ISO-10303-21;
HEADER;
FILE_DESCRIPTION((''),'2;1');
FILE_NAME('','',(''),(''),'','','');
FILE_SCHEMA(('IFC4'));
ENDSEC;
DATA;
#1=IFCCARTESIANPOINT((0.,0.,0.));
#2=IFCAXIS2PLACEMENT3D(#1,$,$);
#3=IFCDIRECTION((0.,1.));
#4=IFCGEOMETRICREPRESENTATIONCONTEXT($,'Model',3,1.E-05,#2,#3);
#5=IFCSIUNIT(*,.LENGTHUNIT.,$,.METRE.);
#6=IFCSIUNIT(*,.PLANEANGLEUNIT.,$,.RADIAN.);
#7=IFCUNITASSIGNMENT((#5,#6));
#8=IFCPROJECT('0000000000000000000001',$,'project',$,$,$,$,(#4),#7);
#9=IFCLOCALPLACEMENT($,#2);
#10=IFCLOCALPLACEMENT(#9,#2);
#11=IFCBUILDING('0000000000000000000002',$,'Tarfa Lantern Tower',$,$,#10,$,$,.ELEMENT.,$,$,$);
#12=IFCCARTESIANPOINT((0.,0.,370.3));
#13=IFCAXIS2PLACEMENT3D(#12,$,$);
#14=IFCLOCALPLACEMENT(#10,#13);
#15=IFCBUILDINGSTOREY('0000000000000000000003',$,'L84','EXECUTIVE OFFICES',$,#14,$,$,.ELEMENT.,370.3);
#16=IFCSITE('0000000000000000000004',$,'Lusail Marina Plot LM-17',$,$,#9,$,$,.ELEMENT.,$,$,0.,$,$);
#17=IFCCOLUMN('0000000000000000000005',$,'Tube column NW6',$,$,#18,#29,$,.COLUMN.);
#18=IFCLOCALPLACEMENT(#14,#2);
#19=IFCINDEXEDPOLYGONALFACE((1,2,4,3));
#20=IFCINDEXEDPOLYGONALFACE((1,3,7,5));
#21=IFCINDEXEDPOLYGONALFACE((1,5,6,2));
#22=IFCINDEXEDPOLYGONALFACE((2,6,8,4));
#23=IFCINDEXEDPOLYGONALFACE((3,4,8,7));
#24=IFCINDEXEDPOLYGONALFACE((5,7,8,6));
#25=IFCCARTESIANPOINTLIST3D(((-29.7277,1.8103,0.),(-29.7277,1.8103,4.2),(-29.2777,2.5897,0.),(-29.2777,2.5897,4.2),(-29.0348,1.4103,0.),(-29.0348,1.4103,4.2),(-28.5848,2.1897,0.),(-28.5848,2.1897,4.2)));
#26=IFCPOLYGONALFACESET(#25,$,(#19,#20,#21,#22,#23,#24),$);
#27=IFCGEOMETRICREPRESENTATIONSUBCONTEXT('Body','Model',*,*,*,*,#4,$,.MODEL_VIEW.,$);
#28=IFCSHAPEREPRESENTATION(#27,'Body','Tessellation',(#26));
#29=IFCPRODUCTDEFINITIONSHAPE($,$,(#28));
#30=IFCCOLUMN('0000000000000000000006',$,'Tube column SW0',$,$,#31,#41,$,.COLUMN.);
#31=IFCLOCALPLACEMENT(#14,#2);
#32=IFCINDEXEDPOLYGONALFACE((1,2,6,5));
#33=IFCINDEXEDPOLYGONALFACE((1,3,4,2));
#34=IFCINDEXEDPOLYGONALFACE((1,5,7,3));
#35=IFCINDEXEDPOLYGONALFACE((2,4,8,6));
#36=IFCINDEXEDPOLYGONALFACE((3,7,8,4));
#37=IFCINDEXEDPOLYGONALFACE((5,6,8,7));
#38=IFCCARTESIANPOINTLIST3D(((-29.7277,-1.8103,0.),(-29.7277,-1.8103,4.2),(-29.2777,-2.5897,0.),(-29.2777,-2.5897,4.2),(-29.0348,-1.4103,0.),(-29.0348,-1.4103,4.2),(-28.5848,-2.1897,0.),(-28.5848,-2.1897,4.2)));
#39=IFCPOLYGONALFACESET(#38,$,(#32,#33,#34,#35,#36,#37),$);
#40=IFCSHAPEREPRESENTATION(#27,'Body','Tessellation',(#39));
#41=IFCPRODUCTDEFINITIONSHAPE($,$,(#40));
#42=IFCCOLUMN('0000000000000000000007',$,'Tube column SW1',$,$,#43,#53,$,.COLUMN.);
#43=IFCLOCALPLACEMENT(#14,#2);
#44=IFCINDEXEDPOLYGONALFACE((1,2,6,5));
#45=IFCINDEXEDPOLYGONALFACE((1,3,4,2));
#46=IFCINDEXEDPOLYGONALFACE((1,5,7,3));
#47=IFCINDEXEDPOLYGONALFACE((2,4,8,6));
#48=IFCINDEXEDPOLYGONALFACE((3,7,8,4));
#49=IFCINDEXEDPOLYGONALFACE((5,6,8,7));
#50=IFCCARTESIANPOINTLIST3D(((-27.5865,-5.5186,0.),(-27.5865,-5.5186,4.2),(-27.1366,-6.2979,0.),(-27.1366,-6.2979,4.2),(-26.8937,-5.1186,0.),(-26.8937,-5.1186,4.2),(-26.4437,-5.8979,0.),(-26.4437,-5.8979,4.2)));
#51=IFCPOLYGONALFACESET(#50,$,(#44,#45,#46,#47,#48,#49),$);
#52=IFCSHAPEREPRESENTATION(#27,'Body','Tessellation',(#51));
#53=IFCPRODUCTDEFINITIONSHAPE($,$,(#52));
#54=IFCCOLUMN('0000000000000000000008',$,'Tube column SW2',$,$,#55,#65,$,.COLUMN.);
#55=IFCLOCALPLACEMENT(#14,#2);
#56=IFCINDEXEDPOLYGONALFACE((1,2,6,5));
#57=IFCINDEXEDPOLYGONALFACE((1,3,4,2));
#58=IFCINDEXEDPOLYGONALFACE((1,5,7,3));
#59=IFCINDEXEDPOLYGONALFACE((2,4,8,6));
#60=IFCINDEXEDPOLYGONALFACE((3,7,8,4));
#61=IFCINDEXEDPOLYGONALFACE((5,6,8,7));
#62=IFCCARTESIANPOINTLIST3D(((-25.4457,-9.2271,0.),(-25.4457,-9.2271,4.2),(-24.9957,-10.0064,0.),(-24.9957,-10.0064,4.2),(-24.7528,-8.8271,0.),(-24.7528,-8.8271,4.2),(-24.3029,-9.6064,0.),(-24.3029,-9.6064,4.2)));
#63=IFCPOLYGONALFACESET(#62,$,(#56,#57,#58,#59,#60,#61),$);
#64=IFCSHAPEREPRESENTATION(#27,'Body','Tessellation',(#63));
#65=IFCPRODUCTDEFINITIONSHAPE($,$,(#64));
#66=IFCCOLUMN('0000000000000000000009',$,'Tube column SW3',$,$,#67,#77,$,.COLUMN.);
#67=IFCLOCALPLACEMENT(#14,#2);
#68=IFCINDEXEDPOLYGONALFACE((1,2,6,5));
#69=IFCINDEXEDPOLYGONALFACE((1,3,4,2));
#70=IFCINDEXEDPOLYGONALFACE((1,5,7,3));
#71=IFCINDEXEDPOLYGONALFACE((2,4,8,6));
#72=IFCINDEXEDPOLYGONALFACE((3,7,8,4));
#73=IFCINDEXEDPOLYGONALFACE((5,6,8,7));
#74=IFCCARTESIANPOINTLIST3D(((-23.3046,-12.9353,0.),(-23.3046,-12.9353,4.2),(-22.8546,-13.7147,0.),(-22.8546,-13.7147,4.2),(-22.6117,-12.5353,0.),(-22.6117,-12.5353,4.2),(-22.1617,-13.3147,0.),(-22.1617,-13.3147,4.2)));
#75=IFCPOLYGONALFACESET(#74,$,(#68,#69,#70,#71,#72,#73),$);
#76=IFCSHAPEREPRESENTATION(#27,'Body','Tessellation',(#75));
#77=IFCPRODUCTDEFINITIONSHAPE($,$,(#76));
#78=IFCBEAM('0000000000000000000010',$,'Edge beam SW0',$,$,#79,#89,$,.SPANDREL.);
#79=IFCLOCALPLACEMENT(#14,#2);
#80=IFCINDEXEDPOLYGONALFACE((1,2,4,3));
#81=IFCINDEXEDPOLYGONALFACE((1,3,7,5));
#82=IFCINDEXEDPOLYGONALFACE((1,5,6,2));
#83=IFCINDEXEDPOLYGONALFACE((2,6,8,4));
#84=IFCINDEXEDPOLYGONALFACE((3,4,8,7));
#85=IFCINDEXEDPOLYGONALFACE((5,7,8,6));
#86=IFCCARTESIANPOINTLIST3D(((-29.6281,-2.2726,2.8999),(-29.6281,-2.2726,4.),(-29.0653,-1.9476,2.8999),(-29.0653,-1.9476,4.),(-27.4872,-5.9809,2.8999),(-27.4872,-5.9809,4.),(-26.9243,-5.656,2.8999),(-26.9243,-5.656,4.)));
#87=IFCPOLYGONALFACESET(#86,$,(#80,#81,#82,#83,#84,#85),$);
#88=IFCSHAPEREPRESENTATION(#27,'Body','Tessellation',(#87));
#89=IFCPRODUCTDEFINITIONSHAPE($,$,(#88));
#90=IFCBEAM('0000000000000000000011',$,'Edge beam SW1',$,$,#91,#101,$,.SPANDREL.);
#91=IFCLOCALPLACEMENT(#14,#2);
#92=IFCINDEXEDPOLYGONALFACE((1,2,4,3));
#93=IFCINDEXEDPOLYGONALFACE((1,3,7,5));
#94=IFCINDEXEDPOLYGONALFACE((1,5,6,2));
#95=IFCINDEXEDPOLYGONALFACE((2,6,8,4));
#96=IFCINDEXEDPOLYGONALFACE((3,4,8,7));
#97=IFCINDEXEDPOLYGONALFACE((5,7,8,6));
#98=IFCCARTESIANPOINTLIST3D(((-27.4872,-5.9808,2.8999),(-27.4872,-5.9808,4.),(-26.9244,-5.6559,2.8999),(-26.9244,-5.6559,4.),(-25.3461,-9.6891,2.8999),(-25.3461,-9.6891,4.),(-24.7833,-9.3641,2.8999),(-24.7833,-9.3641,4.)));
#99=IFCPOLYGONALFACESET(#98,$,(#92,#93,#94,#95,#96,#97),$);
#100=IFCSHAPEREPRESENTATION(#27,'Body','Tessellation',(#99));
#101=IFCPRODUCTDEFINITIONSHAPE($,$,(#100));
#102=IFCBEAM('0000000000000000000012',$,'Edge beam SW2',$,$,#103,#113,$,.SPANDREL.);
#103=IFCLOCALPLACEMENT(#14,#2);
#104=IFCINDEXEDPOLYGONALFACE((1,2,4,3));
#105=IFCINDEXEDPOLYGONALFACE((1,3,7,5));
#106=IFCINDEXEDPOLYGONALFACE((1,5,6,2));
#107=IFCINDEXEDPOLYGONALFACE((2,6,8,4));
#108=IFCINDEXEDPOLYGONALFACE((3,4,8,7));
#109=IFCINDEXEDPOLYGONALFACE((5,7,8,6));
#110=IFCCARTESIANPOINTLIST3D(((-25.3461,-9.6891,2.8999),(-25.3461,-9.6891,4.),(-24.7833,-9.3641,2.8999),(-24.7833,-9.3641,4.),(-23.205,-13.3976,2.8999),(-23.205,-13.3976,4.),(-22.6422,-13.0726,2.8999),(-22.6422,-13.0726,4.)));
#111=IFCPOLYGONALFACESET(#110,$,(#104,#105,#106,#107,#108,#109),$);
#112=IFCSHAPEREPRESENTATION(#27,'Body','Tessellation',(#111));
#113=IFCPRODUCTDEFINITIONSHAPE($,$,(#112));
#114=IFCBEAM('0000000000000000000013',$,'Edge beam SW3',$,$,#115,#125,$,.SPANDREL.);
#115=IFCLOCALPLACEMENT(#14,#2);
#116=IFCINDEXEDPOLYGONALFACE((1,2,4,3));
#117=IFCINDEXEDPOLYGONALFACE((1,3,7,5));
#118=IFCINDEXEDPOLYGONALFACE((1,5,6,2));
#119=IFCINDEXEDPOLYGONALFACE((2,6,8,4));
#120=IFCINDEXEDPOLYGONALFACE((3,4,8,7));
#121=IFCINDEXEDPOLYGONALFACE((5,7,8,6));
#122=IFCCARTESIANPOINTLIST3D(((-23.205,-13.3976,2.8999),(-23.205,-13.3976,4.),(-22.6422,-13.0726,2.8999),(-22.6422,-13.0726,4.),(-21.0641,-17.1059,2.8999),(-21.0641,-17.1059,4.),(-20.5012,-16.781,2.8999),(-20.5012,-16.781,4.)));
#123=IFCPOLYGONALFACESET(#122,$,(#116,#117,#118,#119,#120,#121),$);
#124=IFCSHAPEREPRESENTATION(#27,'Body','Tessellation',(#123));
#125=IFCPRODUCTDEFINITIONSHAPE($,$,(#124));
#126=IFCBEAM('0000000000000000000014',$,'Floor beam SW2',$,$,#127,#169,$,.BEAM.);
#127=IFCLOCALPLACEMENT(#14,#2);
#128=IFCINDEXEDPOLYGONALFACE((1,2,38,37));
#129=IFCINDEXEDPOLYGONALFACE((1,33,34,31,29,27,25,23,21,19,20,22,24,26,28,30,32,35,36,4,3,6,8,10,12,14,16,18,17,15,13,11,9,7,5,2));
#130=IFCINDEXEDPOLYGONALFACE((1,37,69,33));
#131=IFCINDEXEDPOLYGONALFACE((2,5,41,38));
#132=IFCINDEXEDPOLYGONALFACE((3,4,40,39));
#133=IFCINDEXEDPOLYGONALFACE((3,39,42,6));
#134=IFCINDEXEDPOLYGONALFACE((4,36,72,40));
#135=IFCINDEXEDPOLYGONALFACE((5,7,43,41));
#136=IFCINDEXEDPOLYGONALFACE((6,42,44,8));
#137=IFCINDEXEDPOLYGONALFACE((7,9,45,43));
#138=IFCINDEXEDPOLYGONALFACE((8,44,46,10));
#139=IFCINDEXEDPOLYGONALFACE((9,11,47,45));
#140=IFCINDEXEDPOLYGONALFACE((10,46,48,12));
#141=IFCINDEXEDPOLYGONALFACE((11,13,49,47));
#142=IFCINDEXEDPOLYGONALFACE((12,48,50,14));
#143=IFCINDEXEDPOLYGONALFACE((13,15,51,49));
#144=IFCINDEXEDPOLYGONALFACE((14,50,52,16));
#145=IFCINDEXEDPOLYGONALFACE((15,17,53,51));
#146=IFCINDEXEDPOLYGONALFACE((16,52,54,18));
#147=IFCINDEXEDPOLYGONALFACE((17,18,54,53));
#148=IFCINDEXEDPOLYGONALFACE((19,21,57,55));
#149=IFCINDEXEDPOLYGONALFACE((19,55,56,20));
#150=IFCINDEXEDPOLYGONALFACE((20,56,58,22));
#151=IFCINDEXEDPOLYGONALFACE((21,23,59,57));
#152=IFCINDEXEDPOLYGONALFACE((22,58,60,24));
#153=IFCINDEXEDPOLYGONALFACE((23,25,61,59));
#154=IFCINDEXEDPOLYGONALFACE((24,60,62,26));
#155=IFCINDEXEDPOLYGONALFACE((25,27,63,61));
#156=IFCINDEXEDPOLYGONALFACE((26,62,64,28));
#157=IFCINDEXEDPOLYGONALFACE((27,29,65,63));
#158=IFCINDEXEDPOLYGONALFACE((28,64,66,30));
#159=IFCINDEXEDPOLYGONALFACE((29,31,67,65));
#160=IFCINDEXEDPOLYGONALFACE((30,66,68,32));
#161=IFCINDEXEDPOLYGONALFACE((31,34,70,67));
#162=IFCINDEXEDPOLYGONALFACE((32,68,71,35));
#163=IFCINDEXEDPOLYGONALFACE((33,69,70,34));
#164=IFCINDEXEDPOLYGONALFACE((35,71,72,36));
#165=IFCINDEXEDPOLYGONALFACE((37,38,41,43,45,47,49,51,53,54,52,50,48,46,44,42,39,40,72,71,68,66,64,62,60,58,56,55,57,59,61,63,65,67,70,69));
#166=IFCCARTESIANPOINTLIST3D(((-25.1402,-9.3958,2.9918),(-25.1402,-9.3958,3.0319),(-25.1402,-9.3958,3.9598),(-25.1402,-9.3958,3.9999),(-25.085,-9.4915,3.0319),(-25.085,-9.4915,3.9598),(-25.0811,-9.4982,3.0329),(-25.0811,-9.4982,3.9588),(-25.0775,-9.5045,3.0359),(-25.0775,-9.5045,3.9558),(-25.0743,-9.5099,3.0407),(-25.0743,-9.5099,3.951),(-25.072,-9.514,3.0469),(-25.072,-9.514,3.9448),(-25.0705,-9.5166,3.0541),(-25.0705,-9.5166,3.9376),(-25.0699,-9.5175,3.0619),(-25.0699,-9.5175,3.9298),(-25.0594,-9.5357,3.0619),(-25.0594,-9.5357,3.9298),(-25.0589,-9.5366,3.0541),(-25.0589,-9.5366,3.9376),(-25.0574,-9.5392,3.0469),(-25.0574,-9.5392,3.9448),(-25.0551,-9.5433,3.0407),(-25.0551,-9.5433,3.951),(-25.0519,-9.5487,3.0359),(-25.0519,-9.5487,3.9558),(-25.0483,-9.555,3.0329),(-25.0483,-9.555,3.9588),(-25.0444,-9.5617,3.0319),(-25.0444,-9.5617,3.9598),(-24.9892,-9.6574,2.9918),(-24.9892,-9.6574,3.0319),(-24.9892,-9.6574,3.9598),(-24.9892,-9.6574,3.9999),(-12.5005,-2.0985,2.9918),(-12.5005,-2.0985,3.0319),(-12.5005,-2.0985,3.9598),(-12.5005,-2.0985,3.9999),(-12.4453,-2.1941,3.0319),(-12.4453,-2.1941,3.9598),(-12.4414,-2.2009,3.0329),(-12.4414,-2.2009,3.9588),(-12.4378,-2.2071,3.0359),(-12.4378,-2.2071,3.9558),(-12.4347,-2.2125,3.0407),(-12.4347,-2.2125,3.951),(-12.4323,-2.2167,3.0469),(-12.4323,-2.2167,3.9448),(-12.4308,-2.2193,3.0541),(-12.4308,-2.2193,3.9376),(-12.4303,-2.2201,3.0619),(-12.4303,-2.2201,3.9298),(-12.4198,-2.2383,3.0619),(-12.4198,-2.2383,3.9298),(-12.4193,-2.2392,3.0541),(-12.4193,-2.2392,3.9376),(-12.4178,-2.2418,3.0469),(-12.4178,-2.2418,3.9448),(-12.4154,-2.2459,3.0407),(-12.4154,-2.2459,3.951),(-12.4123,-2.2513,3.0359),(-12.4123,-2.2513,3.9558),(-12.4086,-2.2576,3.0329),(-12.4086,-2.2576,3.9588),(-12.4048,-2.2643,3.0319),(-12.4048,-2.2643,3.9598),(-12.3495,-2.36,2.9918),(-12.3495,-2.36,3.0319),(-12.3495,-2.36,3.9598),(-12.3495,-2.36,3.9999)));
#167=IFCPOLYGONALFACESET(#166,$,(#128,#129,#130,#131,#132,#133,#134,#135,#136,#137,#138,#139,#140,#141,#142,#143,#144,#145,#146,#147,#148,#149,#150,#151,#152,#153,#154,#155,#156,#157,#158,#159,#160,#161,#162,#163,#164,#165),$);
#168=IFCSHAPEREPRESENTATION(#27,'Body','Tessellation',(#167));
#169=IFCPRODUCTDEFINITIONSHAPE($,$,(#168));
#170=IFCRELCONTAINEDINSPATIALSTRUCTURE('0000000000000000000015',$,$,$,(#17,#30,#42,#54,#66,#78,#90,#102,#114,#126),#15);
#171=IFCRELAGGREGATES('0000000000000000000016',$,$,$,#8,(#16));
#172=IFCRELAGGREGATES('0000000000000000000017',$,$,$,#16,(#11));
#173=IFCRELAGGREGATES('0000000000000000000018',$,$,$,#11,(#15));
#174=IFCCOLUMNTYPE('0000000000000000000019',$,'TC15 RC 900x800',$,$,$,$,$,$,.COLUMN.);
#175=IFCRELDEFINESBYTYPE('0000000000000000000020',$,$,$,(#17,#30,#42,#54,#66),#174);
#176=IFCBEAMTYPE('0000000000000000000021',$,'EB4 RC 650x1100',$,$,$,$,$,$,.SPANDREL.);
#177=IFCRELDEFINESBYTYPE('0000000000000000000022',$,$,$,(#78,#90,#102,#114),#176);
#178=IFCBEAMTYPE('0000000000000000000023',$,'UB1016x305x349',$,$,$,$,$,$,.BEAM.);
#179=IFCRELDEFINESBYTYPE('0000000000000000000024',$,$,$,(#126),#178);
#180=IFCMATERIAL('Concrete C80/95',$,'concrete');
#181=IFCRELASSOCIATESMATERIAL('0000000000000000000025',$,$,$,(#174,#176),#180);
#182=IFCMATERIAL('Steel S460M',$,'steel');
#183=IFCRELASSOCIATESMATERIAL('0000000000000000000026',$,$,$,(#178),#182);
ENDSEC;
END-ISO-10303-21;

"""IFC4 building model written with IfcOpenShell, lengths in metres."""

from ifc_helpers import new_model, si_unit, direction, frame, origin, origin_2d, place, context, subcontext, project, spatial, rectangle, i_section, extrude, material, material_profile, profile_set, type_object, element, save


model = new_model("IFC4")

# Units and contexts
model_context = context("Model", 3, precision=1e-05, world=origin(), true_north=direction((0.0, 1.0)))
body_context = subcontext(model_context, "Body", "Model", "MODEL_VIEW")
ifc_project = project(units=[si_unit("LENGTHUNIT", "METRE"), si_unit("PLANEANGLEUNIT", "RADIAN")], contexts=[model_context])

# Site, building, storey
site_placement = place(None, origin())
site = spatial("IfcSite", under=ifc_project, at=site_placement, Name="Lusail Marina Plot LM-17", CompositionType="ELEMENT", RefElevation=0.0)
building_placement = place(site_placement, origin())
building = spatial("IfcBuilding", under=site, at=building_placement, Name="Tarfa Lantern Tower", CompositionType="ELEMENT")
storey_placement = place(building_placement, frame((0.0, 0.0, 370.3)))
storey = spatial("IfcBuildingStorey", under=building, at=storey_placement, Name="L84", Description="EXECUTIVE OFFICES", CompositionType="ELEMENT", Elevation=370.3)

# Columns
ifc_material_1 = material(Name="Concrete C80/95", Category="concrete")
ifc_material_profile_1 = material_profile(ifc_material_1, rectangle(XDim=0.8999, YDim=0.8, at=origin_2d()), Name="RC 900x800")
ifc_profile_set_1 = profile_set([ifc_material_profile_1], Name="Concrete C80/95")
column_type = type_object("IfcColumnType", Name="TC15 RC 900x800", PredefinedType="COLUMN", material=ifc_profile_set_1)
for number, where, z_axis, x_axis, name in (
    (1, (-29.1562, 2.0, 0.0), (0.0, 0.0, 1.0), (-0.5, -0.866025, 0.0), "Tube column NW6"),
    (2, (-29.1562, -2.0, 0.0), (0.0, 0.0, 1.0), (0.5, -0.866025, 0.0), "Tube column SW0"),
    (3, (-27.0151, -5.7083, 0.0), (0.0, 0.0, 1.0), (0.5, -0.866025, 0.0), "Tube column SW1"),
    (4, (-24.8743, -9.4167, 0.0), (0.0, 0.0, 1.0), (0.5, -0.866025, 0.0), "Tube column SW2"),
    (5, (-22.7332, -13.125, 0.0), (0.0, 0.0, 1.0), (0.5, -0.866025, 0.0), "Tube column SW3"),
):
    element("IfcColumn", number, at=place(storey_placement, frame(where, z_axis=z_axis, x_axis=x_axis)), inside=storey, type_object=column_type, Name=name, PredefinedType="COLUMN", context=body_context, shape_type="SweptSolid", body=[
        extrude(rectangle(XDim=0.8999, YDim=0.8, at=origin_2d()), origin(), (0.0, 0.0, 1.0), 4.2),
    ])

# Beams
ifc_material_profile_2 = material_profile(ifc_material_1, rectangle(XDim=0.6499, YDim=1.1001, at=origin_2d()), Name="RC 650x1100")
ifc_profile_set_2 = profile_set([ifc_material_profile_2], Name="Concrete C80/95")
beam_type_1 = type_object("IfcBeamType", Name="EB4 RC 650x1100", PredefinedType="SPANDREL", material=ifc_profile_set_2)
for number, where, z_axis, x_axis, name in (
    (6, (-29.3467, -2.1101, 3.45), (0.499984, -0.866035, 0.0), (0.866035, 0.499984, 0.0), "Edge beam SW0"),
    (7, (-27.2058, -5.8184, 3.45), (0.500027, -0.86601, 0.0), (0.86601, 0.500027, 0.0), "Edge beam SW1"),
):
    element("IfcBeam", number, at=place(storey_placement, frame(where, z_axis=z_axis, x_axis=x_axis)), inside=storey, type_object=beam_type_1, Name=name, PredefinedType="SPANDREL", context=body_context, shape_type="SweptSolid", body=[
        extrude(rectangle(XDim=0.6499, YDim=1.1001, at=origin_2d()), origin(), (0.0, 0.0, 1.0), 4.282),
    ])
beam_1_placement = place(storey_placement, frame((-25.0647, -9.5266, 3.45), z_axis=(0.500002, -0.866024, 0.0), x_axis=(0.866024, 0.500002, 0.0)))
element("IfcBeam", 8, at=beam_1_placement, inside=storey, type_object=beam_type_1, Name="Edge beam SW2", PredefinedType="SPANDREL", context=body_context, shape_type="SweptSolid", body=[
    extrude(rectangle(XDim=0.6499, YDim=1.1001, at=origin_2d()), origin(), (0.0, 0.0, 1.0), 4.2822),
])
beam_2_placement = place(storey_placement, frame((-22.9236, -13.2351, 3.45), z_axis=(0.499984, -0.866035, 0.0), x_axis=(0.866035, 0.499984, 0.0)))
element("IfcBeam", 9, at=beam_2_placement, inside=storey, type_object=beam_type_1, Name="Edge beam SW3", PredefinedType="SPANDREL", context=body_context, shape_type="SweptSolid", body=[
    extrude(rectangle(XDim=0.6499, YDim=1.1001, at=origin_2d()), origin(), (0.0, 0.0, 1.0), 4.282),
])
ifc_material_2 = material(Name="Steel S460M", Category="steel")
ifc_material_profile_3 = material_profile(ifc_material_2, i_section(OverallWidth=0.302, OverallDepth=1.0081, WebThickness=0.021, FlangeThickness=0.04, FilletRadius=0.03, at=origin_2d()), Name="UB1016x305x349")
ifc_profile_set_3 = profile_set([ifc_material_profile_3], Name="Steel S460M")
beam_type_2 = type_object("IfcBeamType", Name="UB1016x305x349", PredefinedType="BEAM", material=ifc_profile_set_3)
beam_3_placement = place(storey_placement, frame((-25.0647, -9.5266, 3.4958), z_axis=(0.86603, 0.499993, 0.0), x_axis=(-0.499993, 0.86603, 0.0)))
element("IfcBeam", 10, at=beam_3_placement, inside=storey, type_object=beam_type_2, Name="Floor beam SW2", PredefinedType="BEAM", context=body_context, shape_type="SweptSolid", body=[
    extrude(i_section(OverallWidth=0.302, OverallDepth=1.0081, WebThickness=0.021, FlangeThickness=0.04, FilletRadius=0.03, at=origin_2d()), origin(), (0.0, 0.0, 1.0), 14.595),
])

save(model, "model.ifc")
